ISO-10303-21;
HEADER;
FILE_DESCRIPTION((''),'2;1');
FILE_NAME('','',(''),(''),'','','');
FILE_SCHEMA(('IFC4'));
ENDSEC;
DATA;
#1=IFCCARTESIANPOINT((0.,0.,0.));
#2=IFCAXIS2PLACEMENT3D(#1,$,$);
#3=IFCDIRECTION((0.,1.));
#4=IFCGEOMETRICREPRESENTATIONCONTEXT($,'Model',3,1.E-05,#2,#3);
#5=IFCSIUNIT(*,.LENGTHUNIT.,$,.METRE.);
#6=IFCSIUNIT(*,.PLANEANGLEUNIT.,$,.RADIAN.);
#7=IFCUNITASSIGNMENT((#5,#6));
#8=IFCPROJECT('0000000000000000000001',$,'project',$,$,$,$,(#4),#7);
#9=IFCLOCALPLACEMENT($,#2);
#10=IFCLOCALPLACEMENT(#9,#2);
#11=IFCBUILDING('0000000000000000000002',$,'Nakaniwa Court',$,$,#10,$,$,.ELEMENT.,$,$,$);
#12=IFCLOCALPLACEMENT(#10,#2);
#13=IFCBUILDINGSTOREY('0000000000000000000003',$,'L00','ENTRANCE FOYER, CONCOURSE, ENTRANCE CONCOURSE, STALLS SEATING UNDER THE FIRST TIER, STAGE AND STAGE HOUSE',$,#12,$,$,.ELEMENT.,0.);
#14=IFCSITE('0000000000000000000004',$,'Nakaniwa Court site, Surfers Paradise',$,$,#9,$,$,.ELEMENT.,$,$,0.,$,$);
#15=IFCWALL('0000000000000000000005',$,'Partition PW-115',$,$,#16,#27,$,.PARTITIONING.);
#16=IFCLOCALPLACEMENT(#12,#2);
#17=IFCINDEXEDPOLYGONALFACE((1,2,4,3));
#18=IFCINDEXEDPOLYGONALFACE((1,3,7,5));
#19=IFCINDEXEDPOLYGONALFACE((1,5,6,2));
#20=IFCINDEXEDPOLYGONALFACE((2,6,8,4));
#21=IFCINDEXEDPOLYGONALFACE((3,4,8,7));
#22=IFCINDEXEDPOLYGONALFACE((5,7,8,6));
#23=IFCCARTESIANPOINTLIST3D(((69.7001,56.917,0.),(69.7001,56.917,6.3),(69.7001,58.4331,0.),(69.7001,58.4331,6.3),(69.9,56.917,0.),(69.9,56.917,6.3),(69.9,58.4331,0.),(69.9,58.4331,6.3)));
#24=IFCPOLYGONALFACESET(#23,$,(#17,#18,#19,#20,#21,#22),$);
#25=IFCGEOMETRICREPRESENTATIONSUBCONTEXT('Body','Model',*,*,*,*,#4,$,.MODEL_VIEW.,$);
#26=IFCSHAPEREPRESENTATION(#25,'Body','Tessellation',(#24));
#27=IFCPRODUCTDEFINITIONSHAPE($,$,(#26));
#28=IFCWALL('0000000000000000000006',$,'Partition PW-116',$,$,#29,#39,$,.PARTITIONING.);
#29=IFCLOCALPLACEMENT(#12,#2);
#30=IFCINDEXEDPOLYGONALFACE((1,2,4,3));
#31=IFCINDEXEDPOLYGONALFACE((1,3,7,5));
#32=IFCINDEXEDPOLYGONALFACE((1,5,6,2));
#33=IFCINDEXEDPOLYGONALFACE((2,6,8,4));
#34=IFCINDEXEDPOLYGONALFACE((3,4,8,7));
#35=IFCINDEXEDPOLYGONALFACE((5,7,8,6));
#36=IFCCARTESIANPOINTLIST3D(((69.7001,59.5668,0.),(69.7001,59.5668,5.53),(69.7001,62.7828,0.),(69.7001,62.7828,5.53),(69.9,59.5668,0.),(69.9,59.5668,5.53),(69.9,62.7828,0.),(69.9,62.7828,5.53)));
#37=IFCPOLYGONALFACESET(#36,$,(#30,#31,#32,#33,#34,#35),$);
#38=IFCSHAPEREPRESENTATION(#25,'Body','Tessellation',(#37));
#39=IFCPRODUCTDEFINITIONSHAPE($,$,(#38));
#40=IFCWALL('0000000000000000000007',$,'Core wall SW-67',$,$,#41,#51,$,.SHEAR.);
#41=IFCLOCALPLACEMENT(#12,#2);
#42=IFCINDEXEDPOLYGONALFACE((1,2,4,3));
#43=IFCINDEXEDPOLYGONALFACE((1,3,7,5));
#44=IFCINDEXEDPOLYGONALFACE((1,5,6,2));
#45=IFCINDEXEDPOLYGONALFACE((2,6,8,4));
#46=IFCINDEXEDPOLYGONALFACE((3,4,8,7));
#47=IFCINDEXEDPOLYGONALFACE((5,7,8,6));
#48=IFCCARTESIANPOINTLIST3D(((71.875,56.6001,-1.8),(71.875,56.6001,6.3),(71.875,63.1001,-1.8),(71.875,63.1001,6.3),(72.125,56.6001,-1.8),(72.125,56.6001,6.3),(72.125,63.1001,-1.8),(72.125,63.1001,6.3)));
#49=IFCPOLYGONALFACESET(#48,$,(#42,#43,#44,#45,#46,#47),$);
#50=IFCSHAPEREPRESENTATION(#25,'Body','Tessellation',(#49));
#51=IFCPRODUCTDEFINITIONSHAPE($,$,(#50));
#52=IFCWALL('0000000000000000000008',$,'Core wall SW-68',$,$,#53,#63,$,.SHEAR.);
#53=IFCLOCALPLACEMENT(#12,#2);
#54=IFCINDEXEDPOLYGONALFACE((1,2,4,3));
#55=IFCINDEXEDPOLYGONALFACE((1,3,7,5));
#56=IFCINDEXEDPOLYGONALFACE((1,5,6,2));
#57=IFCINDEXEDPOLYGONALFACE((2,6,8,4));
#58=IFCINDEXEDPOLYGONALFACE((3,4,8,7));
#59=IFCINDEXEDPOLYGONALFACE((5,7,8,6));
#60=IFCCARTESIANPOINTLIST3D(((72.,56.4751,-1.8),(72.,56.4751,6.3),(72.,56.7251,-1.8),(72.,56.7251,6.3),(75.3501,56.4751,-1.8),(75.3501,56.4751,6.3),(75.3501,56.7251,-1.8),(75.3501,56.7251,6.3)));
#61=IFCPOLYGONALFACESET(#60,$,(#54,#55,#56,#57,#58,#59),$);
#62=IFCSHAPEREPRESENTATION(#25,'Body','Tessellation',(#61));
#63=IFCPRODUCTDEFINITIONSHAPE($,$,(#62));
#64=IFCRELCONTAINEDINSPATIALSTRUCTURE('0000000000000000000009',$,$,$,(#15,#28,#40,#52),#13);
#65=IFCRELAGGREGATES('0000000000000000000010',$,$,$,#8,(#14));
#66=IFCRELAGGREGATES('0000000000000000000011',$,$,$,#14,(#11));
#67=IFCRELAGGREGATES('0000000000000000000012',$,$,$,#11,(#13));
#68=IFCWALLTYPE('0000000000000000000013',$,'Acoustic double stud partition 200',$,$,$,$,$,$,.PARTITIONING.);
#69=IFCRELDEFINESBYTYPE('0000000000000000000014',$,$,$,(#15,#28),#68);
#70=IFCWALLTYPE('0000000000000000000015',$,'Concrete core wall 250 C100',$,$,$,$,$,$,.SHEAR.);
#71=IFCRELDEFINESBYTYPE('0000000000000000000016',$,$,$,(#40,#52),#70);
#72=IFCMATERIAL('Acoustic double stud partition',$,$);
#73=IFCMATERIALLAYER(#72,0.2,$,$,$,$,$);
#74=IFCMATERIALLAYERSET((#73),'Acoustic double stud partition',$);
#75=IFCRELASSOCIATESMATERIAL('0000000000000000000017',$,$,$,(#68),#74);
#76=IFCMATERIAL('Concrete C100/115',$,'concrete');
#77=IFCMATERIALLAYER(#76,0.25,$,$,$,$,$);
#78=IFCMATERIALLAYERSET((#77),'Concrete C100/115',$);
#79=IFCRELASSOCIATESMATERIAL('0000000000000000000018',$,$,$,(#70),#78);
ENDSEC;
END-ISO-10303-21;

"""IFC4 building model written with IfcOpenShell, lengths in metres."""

from ifc_helpers import new_model, si_unit, direction, frame, frame_2d, origin, place, context, subcontext, project, spatial, rectangle, extrude, material, layer, layer_set, type_object, element, save


model = new_model("IFC4")

# Units and contexts
model_context = context("Model", 3, precision=1e-05, world=origin(), true_north=direction((0.0, 1.0)))
body_context = subcontext(model_context, "Body", "Model", "MODEL_VIEW")
ifc_project = project(units=[si_unit("LENGTHUNIT", "METRE"), si_unit("PLANEANGLEUNIT", "RADIAN")], contexts=[model_context])

# Site, building, storey
site_placement = place(None, origin())
site = spatial("IfcSite", under=ifc_project, at=site_placement, Name="Nakaniwa Court site, Surfers Paradise", CompositionType="ELEMENT", RefElevation=0.0)
building_placement = place(site_placement, origin())
building = spatial("IfcBuilding", under=site, at=building_placement, Name="Nakaniwa Court", CompositionType="ELEMENT")
storey_placement = place(building_placement, origin())
storey = spatial("IfcBuildingStorey", under=building, at=storey_placement, Name="L00", Description="ENTRANCE FOYER, CONCOURSE, ENTRANCE CONCOURSE, STALLS SEATING UNDER THE FIRST TIER, STAGE AND STAGE HOUSE", CompositionType="ELEMENT", Elevation=0.0)

# Shared definitions
ifc_material_1 = material(Name="Concrete C100/115", Category="concrete")

# Walls
ifc_material_2 = material(Name="Acoustic double stud partition")
ifc_layer_1 = layer(ifc_material_2, 0.2)
ifc_layer_set_1 = layer_set([ifc_layer_1], Name="Acoustic double stud partition")
wall_type_1 = type_object("IfcWallType", Name="Acoustic double stud partition 200", PredefinedType="PARTITIONING", material=ifc_layer_set_1)
wall_1_placement = place(storey_placement, frame((69.8, 56.917, 0.0), z_axis=(0.0, 0.0, 1.0), x_axis=(0.0, 1.0, 0.0)))
element("IfcWall", 1, at=wall_1_placement, inside=storey, type_object=wall_type_1, Name="Partition PW-115", PredefinedType="PARTITIONING", context=body_context, shape_type="SweptSolid", body=[
    extrude(rectangle(XDim=1.5161, YDim=0.2, at=frame_2d((0.7581, 0.0))), origin(), (0.0, 0.0, 1.0), 6.3),
])
wall_2_placement = place(storey_placement, frame((69.8, 59.5669, 0.0), z_axis=(0.0, 0.0, 1.0), x_axis=(0.0, 1.0, 0.0)))
element("IfcWall", 2, at=wall_2_placement, inside=storey, type_object=wall_type_1, Name="Partition PW-116", PredefinedType="PARTITIONING", context=body_context, shape_type="SweptSolid", body=[
    extrude(rectangle(XDim=3.2161, YDim=0.2, at=frame_2d((1.6079, 0.0))), origin(), (0.0, 0.0, 1.0), 5.53),
])
ifc_layer_2 = layer(ifc_material_1, 0.25)
ifc_layer_set_2 = layer_set([ifc_layer_2], Name="Concrete C100/115")
wall_type_2 = type_object("IfcWallType", Name="Concrete core wall 250 C100", PredefinedType="SHEAR", material=ifc_layer_set_2)
wall_3_placement = place(storey_placement, frame((72.0, 56.6001, -1.8), z_axis=(0.0, 0.0, 1.0), x_axis=(0.0, 1.0, 0.0)))
element("IfcWall", 3, at=wall_3_placement, inside=storey, type_object=wall_type_2, Name="Core wall SW-67", PredefinedType="SHEAR", context=body_context, shape_type="SweptSolid", body=[
    extrude(rectangle(XDim=6.5, YDim=0.25, at=frame_2d((3.25, 0.0))), origin(), (0.0, 0.0, 1.0), 8.1001),
])
wall_4_placement = place(storey_placement, frame((72.0, 56.6001, -1.8), z_axis=(0.0, 0.0, 1.0), x_axis=(1.0, 0.0, 0.0)))
element("IfcWall", 4, at=wall_4_placement, inside=storey, type_object=wall_type_2, Name="Core wall SW-68", PredefinedType="SHEAR", context=body_context, shape_type="SweptSolid", body=[
    extrude(rectangle(XDim=3.3501, YDim=0.25, at=frame_2d((1.675, 0.0))), origin(), (0.0, 0.0, 1.0), 8.1001),
])

save(model, "model.ifc")
